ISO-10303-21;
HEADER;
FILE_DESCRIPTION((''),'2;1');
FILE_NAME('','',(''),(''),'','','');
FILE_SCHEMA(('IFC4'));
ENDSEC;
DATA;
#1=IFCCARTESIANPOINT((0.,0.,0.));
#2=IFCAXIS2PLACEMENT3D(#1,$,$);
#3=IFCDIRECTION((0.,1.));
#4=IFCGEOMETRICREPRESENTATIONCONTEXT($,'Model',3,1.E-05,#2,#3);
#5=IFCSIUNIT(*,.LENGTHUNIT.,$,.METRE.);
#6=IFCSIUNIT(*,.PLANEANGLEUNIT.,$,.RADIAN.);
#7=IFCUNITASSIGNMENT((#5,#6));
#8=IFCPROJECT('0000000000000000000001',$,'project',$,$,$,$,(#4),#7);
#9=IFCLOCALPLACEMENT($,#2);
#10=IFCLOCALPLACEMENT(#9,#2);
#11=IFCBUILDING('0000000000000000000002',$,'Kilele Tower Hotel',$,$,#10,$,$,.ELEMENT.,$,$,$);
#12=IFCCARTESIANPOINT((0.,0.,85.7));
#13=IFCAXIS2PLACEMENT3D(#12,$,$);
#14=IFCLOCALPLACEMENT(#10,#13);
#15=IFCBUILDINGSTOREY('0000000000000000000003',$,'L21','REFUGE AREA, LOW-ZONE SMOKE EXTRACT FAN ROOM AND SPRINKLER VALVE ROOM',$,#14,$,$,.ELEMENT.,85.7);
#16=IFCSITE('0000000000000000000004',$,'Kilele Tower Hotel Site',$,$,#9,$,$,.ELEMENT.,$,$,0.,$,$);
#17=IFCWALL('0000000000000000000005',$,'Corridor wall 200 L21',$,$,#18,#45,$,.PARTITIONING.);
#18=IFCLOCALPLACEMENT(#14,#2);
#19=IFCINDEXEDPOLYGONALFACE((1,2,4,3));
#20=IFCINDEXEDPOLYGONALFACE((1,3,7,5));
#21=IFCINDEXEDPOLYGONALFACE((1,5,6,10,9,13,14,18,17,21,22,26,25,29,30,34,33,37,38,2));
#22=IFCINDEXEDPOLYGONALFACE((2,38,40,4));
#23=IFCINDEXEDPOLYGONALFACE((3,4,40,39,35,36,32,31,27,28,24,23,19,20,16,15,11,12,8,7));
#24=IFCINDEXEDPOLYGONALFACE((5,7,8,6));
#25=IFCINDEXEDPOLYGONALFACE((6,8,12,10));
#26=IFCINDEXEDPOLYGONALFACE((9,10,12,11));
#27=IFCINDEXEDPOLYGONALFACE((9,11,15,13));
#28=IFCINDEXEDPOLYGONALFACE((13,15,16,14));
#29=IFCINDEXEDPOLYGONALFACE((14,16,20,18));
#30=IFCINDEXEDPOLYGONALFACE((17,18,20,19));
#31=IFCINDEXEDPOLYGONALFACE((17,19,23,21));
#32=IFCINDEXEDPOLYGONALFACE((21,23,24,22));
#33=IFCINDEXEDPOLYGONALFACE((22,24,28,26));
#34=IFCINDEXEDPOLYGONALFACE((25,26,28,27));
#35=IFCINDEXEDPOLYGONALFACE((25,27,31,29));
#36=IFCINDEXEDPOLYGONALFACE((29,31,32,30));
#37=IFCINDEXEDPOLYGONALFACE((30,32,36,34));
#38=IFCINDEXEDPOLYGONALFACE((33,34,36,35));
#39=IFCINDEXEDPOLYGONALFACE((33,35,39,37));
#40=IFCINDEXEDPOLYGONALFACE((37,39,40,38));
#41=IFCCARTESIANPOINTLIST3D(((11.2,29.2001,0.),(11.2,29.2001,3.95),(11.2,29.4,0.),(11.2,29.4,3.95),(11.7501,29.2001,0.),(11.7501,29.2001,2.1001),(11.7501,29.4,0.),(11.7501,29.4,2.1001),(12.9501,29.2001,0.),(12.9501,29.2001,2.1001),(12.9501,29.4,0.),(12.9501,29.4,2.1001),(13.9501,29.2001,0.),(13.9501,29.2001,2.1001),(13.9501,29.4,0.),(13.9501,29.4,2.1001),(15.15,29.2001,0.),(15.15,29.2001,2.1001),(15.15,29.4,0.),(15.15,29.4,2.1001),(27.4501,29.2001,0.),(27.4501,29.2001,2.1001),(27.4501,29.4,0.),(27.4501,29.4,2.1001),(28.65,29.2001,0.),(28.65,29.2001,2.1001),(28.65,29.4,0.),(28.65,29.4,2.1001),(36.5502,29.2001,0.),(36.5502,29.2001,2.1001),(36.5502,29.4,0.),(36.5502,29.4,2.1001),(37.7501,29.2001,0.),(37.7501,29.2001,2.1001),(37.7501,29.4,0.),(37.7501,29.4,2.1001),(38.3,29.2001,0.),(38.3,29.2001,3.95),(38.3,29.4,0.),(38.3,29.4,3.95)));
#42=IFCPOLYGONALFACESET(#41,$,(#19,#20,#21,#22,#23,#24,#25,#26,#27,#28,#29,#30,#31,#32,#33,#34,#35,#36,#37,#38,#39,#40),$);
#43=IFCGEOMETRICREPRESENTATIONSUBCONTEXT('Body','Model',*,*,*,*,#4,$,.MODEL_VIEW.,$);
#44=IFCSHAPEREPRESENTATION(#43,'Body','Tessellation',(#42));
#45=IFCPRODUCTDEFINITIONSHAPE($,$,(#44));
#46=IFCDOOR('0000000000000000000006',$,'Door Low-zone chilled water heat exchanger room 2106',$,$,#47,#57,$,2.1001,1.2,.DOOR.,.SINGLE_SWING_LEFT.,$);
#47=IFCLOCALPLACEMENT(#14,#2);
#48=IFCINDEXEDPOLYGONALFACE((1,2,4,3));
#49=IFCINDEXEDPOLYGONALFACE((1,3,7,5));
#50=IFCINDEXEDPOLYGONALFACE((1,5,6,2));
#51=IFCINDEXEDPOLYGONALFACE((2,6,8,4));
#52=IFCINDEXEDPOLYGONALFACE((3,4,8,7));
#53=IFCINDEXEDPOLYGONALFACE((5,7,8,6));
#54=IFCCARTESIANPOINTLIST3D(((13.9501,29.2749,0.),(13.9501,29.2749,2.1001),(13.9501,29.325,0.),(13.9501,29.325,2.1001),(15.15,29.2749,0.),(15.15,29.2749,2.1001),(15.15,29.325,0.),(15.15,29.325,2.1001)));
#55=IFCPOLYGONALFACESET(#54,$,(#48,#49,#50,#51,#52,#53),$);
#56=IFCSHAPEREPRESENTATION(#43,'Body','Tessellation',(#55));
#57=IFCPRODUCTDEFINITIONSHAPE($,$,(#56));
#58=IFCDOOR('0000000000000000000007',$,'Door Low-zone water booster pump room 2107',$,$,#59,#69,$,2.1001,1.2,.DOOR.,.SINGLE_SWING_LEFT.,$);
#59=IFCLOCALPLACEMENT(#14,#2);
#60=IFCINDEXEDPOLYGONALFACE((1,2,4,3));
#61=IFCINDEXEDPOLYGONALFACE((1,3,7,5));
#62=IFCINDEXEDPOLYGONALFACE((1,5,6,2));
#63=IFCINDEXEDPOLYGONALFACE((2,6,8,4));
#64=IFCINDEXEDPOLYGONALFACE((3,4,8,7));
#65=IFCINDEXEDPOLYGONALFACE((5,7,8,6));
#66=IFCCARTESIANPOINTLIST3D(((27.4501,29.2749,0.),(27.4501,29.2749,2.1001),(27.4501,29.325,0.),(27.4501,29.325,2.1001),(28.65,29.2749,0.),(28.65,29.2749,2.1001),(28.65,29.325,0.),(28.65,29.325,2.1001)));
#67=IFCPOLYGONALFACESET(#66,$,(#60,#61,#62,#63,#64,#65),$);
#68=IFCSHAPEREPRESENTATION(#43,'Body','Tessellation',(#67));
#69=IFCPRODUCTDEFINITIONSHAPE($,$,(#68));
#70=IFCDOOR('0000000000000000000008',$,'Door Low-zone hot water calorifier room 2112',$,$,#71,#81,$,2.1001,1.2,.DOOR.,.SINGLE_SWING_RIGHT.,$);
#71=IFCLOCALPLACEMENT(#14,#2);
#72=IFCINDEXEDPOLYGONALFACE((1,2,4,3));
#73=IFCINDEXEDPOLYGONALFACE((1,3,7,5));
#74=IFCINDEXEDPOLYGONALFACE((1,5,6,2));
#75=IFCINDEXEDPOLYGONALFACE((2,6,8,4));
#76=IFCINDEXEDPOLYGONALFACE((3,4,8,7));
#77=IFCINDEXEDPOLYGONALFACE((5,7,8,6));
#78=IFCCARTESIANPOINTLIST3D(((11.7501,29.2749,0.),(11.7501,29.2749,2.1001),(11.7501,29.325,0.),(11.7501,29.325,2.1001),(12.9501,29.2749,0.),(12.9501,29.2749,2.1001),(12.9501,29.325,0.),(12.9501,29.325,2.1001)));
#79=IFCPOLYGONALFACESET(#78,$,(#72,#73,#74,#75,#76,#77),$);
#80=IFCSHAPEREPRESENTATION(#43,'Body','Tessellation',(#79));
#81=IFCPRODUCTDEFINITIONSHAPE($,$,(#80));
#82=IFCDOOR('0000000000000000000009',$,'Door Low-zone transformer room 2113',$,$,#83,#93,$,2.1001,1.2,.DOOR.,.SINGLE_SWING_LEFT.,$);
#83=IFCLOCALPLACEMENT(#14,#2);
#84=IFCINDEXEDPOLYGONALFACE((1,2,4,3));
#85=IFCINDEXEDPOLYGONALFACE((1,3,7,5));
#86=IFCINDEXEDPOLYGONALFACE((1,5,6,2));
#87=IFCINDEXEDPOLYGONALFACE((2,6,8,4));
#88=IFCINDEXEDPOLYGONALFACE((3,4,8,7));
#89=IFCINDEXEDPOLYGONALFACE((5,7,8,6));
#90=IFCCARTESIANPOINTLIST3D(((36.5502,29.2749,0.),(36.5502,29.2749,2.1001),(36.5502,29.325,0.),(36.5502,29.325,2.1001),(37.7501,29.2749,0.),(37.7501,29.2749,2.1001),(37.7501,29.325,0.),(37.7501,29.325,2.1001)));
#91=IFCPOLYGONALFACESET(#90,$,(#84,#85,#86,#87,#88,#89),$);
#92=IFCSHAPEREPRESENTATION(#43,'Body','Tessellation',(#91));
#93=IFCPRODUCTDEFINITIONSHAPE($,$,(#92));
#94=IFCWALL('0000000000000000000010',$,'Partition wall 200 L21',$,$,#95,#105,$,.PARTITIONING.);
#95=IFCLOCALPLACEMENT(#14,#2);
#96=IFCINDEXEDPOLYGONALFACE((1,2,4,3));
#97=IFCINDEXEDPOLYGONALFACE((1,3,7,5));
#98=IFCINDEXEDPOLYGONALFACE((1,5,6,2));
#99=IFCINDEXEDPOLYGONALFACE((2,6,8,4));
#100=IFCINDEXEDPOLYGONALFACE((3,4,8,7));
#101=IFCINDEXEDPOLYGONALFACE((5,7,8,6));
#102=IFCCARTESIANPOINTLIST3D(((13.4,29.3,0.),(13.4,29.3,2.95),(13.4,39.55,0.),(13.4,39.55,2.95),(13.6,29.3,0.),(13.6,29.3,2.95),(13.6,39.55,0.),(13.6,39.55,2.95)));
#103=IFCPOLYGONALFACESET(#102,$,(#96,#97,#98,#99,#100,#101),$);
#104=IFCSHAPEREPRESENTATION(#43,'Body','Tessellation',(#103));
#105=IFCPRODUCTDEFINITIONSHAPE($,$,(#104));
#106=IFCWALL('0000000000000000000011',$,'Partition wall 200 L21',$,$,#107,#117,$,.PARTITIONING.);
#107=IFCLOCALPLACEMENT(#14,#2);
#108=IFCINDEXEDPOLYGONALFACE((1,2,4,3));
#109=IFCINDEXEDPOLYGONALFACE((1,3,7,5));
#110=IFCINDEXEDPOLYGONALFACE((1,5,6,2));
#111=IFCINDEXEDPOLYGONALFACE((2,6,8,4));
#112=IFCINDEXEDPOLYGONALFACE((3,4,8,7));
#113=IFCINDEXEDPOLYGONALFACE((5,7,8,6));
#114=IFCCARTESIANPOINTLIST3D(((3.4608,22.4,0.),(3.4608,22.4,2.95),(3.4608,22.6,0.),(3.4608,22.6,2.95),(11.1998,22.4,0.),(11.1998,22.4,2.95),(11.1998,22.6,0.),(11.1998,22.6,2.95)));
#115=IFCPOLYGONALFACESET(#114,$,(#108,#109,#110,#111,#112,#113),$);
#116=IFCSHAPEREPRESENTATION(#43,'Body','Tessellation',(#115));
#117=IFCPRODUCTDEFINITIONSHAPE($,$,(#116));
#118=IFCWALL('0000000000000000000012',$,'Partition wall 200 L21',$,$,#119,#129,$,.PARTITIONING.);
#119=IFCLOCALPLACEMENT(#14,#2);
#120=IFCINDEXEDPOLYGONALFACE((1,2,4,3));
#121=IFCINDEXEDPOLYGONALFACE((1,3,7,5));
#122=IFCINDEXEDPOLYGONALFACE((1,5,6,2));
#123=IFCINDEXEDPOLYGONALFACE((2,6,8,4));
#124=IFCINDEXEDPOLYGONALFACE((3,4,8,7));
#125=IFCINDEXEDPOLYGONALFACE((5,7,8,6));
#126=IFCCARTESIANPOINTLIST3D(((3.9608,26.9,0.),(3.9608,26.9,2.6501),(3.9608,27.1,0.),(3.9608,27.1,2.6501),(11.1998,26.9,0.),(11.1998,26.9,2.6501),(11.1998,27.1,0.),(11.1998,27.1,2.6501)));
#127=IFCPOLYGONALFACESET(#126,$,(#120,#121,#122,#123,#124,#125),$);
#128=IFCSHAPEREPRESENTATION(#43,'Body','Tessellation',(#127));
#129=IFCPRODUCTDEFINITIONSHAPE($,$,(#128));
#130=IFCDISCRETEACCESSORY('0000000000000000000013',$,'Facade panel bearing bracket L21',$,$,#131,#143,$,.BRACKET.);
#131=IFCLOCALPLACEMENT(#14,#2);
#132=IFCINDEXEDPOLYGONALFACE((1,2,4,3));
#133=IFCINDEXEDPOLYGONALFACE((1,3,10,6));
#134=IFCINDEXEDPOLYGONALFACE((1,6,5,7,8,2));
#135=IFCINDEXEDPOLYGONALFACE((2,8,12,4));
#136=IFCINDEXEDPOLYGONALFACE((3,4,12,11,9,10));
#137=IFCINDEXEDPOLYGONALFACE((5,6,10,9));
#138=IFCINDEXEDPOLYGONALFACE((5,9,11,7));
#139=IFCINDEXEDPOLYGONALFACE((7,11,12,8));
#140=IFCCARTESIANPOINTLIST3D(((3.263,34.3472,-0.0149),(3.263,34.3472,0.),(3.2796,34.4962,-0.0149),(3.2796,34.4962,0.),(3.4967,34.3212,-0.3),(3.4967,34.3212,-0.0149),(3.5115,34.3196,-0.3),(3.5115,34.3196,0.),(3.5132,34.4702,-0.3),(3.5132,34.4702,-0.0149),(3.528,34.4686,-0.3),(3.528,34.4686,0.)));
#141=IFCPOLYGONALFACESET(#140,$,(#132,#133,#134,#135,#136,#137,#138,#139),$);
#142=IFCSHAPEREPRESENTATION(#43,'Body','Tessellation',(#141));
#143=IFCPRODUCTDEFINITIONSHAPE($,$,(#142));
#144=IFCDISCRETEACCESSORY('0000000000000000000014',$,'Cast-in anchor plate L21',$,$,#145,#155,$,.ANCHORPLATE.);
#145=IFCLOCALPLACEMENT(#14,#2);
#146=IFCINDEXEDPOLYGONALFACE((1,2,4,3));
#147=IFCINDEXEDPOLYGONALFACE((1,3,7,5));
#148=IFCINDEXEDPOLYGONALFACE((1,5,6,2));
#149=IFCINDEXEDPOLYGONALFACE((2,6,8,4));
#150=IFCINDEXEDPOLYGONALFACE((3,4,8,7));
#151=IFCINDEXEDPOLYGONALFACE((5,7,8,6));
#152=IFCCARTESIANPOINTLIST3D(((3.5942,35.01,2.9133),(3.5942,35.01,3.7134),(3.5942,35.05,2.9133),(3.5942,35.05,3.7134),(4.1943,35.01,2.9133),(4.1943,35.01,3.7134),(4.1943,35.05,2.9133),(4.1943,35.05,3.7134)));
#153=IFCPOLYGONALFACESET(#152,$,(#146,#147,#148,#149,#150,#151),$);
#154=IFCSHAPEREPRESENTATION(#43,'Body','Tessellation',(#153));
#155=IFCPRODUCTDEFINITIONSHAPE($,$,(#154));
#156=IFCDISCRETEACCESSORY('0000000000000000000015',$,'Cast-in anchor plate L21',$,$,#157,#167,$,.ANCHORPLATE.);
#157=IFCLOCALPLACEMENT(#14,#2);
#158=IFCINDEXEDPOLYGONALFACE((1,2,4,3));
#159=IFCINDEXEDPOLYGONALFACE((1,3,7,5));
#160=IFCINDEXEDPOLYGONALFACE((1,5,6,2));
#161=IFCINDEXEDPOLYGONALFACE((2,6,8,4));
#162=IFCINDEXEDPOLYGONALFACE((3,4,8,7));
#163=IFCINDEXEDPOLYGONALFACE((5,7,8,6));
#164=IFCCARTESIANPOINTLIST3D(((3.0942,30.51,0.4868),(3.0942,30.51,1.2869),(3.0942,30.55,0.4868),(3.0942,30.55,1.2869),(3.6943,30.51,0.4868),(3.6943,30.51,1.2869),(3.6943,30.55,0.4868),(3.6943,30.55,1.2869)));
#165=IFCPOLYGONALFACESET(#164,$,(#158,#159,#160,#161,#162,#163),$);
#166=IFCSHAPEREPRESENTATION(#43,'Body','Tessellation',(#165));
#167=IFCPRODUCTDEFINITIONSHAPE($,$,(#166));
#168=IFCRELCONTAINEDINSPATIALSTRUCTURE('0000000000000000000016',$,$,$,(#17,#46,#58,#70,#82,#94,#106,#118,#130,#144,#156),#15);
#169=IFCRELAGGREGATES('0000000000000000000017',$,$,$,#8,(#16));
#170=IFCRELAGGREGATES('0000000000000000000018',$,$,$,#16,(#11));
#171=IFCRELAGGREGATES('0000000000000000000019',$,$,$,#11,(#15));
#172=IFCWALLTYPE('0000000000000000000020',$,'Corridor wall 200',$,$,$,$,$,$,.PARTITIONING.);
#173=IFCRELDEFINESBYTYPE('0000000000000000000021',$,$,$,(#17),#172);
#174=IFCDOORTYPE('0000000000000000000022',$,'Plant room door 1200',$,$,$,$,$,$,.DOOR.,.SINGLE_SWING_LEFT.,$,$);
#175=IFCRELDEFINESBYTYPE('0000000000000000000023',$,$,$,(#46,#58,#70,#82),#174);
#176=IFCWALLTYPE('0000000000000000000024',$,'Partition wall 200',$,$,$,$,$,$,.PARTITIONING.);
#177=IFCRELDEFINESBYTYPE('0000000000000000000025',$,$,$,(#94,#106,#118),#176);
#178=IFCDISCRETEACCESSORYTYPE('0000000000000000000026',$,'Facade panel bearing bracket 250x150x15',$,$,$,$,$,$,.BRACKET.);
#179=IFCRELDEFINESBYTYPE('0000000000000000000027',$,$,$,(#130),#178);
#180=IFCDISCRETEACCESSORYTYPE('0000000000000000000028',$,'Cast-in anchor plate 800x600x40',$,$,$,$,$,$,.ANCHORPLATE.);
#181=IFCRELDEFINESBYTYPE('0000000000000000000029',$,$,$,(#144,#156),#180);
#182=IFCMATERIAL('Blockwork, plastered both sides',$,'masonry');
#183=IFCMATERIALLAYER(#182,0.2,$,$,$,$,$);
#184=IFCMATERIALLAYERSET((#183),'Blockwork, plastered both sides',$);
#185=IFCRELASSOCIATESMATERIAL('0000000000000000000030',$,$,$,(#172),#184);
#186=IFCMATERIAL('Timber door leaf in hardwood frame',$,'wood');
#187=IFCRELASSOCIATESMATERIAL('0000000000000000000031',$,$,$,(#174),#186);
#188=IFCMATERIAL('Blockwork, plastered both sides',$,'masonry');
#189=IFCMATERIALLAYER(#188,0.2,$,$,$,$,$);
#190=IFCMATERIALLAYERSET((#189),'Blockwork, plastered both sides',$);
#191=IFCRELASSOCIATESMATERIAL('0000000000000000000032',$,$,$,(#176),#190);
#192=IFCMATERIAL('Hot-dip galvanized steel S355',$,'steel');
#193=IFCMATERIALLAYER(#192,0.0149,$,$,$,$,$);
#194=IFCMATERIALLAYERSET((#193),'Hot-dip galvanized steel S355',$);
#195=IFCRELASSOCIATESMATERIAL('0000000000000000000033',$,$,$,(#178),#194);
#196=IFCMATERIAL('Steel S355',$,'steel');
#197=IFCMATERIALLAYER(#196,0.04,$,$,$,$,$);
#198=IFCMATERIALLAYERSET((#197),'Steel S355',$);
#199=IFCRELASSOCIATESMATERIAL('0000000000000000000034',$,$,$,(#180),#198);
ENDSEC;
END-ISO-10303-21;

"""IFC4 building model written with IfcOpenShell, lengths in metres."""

from ifc_helpers import new_model, si_unit, direction, frame, frame_2d, origin, place, context, subcontext, project, spatial, polyline, rectangle, outline, extrude, source, transform, mapped, material, layer, layer_set, type_object, element, fill, save


model = new_model("IFC4")

# Units and contexts
model_context = context("Model", 3, precision=1e-05, world=origin(), true_north=direction((0.0, 1.0)))
body_context = subcontext(model_context, "Body", "Model", "MODEL_VIEW")
ifc_project = project(units=[si_unit("LENGTHUNIT", "METRE"), si_unit("PLANEANGLEUNIT", "RADIAN")], contexts=[model_context])

# Site, building, storey
site_placement = place(None, origin())
site = spatial("IfcSite", under=ifc_project, at=site_placement, Name="Kilele Tower Hotel Site", CompositionType="ELEMENT", RefElevation=0.0)
building_placement = place(site_placement, origin())
building = spatial("IfcBuilding", under=site, at=building_placement, Name="Kilele Tower Hotel", CompositionType="ELEMENT")
storey_placement = place(building_placement, frame((0.0, 0.0, 85.7)))
storey = spatial("IfcBuildingStorey", under=building, at=storey_placement, Name="L21", Description="REFUGE AREA, LOW-ZONE SMOKE EXTRACT FAN ROOM AND SPRINKLER VALVE ROOM", CompositionType="ELEMENT", Elevation=85.7)

# Wall, openings, doors
ifc_material_1 = material(Name="Blockwork, plastered both sides", Category="masonry")
ifc_layer_1 = layer(ifc_material_1, 0.2)
ifc_layer_set_1 = layer_set([ifc_layer_1], Name="Blockwork, plastered both sides")
wall_type_1 = type_object("IfcWallType", Name="Corridor wall 200", PredefinedType="PARTITIONING", material=ifc_layer_set_1)
wall_1_placement = place(storey_placement, frame((11.2, 29.3, 0.0), z_axis=(0.0, 0.0, 1.0), x_axis=(1.0, 0.0, 0.0)))
wall_1 = element("IfcWall", 1, at=wall_1_placement, inside=storey, type_object=wall_type_1, Name="Corridor wall 200 L21", PredefinedType="PARTITIONING", context=body_context, shape_type="SweptSolid", body=[
    extrude(rectangle(XDim=27.1001, YDim=0.2, at=frame_2d((13.55, 0.0))), origin(), (0.0, 0.0, 1.0), 3.95),
])
opening_1_placement = place(wall_1_placement, frame((2.75, 0.0, 0.0)))
opening_1 = element("IfcOpeningElement", 2, at=opening_1_placement, cuts=wall_1, PredefinedType="OPENING", context=body_context, shape_type="SweptSolid", body=[
    extrude(rectangle(XDim=1.2, YDim=2.1001, at=frame_2d((0.6001, 1.05))), frame((0.0, 0.1099, 0.0), z_axis=(0.0, -1.0, 0.0), x_axis=(1.0, 0.0, 0.0)), (0.0, 0.0, 1.0), 0.22),
])
opening_2_placement = place(wall_1_placement, frame((16.25, 0.0, 0.0)))
opening_2 = element("IfcOpeningElement", 3, at=opening_2_placement, cuts=wall_1, PredefinedType="OPENING", context=body_context, shape_type="SweptSolid", body=[
    extrude(rectangle(XDim=1.2, YDim=2.1001, at=frame_2d((0.6001, 1.05))), frame((0.0, 0.1099, 0.0), z_axis=(0.0, -1.0, 0.0), x_axis=(1.0, 0.0, 0.0)), (0.0, 0.0, 1.0), 0.22),
])
opening_3_placement = place(wall_1_placement, frame((0.55, 0.0, 0.0)))
opening_3 = element("IfcOpeningElement", 4, at=opening_3_placement, cuts=wall_1, PredefinedType="OPENING", context=body_context, shape_type="SweptSolid", body=[
    extrude(rectangle(XDim=1.2, YDim=2.1001, at=frame_2d((0.6001, 1.05))), frame((0.0, 0.1099, 0.0), z_axis=(0.0, -1.0, 0.0), x_axis=(1.0, 0.0, 0.0)), (0.0, 0.0, 1.0), 0.22),
])
opening_4_placement = place(wall_1_placement, frame((25.3501, 0.0, 0.0)))
opening_4 = element("IfcOpeningElement", 5, at=opening_4_placement, cuts=wall_1, PredefinedType="OPENING", context=body_context, shape_type="SweptSolid", body=[
    extrude(rectangle(XDim=1.2, YDim=2.1001, at=frame_2d((0.6001, 1.05))), frame((0.0, 0.1099, 0.0), z_axis=(0.0, -1.0, 0.0), x_axis=(1.0, 0.0, 0.0)), (0.0, 0.0, 1.0), 0.22),
])
ifc_material_2 = material(Name="Timber door leaf in hardwood frame", Category="wood")
door_type_1 = type_object("IfcDoorType", Name="Plant room door 1200", OperationType="SINGLE_SWING_LEFT", PredefinedType="DOOR", material=ifc_material_2)
door_1_placement = place(opening_1_placement, origin())
door_1 = element("IfcDoor", 6, at=door_1_placement, inside=storey, type_object=door_type_1, Name="Door Low-zone chilled water heat exchanger room 2106", OperationType="SINGLE_SWING_LEFT", OverallHeight=2.1001, OverallWidth=1.2, PredefinedType="DOOR", context=body_context, shape_type="SweptSolid", body=[
    extrude(rectangle(XDim=1.2, YDim=2.1001, at=frame_2d((0.6001, 1.05))), frame((0.0, 0.0249, 0.0), z_axis=(0.0, -1.0, 0.0), x_axis=(1.0, 0.0, 0.0)), (0.0, 0.0, 1.0), 0.05),
])
fill(opening_1, door_1)
door_2_placement = place(opening_2_placement, origin())
door_2 = element("IfcDoor", 7, at=door_2_placement, inside=storey, type_object=door_type_1, Name="Door Low-zone water booster pump room 2107", OperationType="SINGLE_SWING_LEFT", OverallHeight=2.1001, OverallWidth=1.2, PredefinedType="DOOR", context=body_context, shape_type="SweptSolid", body=[
    extrude(rectangle(XDim=1.2, YDim=2.1001, at=frame_2d((0.6001, 1.05))), frame((0.0, 0.0249, 0.0), z_axis=(0.0, -1.0, 0.0), x_axis=(1.0, 0.0, 0.0)), (0.0, 0.0, 1.0), 0.05),
])
fill(opening_2, door_2)
door_3_placement = place(opening_3_placement, origin())
door_3 = element("IfcDoor", 8, at=door_3_placement, inside=storey, type_object=door_type_1, Name="Door Low-zone hot water calorifier room 2112", OperationType="SINGLE_SWING_RIGHT", OverallHeight=2.1001, OverallWidth=1.2, PredefinedType="DOOR", context=body_context, shape_type="SweptSolid", body=[
    extrude(rectangle(XDim=1.2, YDim=2.1001, at=frame_2d((0.6001, 1.05))), frame((0.0, 0.0249, 0.0), z_axis=(0.0, -1.0, 0.0), x_axis=(1.0, 0.0, 0.0)), (0.0, 0.0, 1.0), 0.05),
])
fill(opening_3, door_3)
door_4_placement = place(opening_4_placement, origin())
door_4 = element("IfcDoor", 9, at=door_4_placement, inside=storey, type_object=door_type_1, Name="Door Low-zone transformer room 2113", OperationType="SINGLE_SWING_LEFT", OverallHeight=2.1001, OverallWidth=1.2, PredefinedType="DOOR", context=body_context, shape_type="SweptSolid", body=[
    extrude(rectangle(XDim=1.2, YDim=2.1001, at=frame_2d((0.6001, 1.05))), frame((0.0, 0.0249, 0.0), z_axis=(0.0, -1.0, 0.0), x_axis=(1.0, 0.0, 0.0)), (0.0, 0.0, 1.0), 0.05),
])
fill(opening_4, door_4)

# Walls
ifc_material_3 = material(Name="Blockwork, plastered both sides", Category="masonry")
ifc_layer_2 = layer(ifc_material_3, 0.2)
ifc_layer_set_2 = layer_set([ifc_layer_2], Name="Blockwork, plastered both sides")
wall_type_2 = type_object("IfcWallType", Name="Partition wall 200", PredefinedType="PARTITIONING", material=ifc_layer_set_2)
wall_2_placement = place(storey_placement, frame((13.5, 29.3, 0.0), z_axis=(0.0, 0.0, 1.0), x_axis=(0.0, 1.0, 0.0)))
element("IfcWall", 10, at=wall_2_placement, inside=storey, type_object=wall_type_2, Name="Partition wall 200 L21", PredefinedType="PARTITIONING", context=body_context, shape_type="SweptSolid", body=[
    extrude(rectangle(XDim=10.25, YDim=0.2, at=frame_2d((5.125, 0.0))), origin(), (0.0, 0.0, 1.0), 2.95),
])
wall_3_placement = place(storey_placement, frame((11.2, 22.5, 0.0), z_axis=(0.0, 0.0, 1.0), x_axis=(-1.0, 0.0, 0.0)))
element("IfcWall", 11, at=wall_3_placement, inside=storey, type_object=wall_type_2, Name="Partition wall 200 L21", PredefinedType="PARTITIONING", context=body_context, shape_type="SweptSolid", body=[
    extrude(rectangle(XDim=7.739, YDim=0.2, at=frame_2d((3.8696, 0.0))), origin(), (0.0, 0.0, 1.0), 2.95),
])
wall_4_placement = place(storey_placement, frame((11.2, 27.0, 0.0), z_axis=(0.0, 0.0, 1.0), x_axis=(-1.0, 0.0, 0.0)))
element("IfcWall", 12, at=wall_4_placement, inside=storey, type_object=wall_type_2, Name="Partition wall 200 L21", PredefinedType="PARTITIONING", context=body_context, shape_type="SweptSolid", body=[
    extrude(rectangle(XDim=7.239, YDim=0.2, at=frame_2d((3.6196, 0.0))), origin(), (0.0, 0.0, 1.0), 2.6501),
])

# Discrete accessories
ifc_material_4 = material(Name="Hot-dip galvanized steel S355", Category="steel")
ifc_layer_3 = layer(ifc_material_4, 0.0149)
ifc_layer_set_3 = layer_set([ifc_layer_3], Name="Hot-dip galvanized steel S355")
discrete_accessory_type_1 = type_object("IfcDiscreteAccessoryType", Name="Facade panel bearing bracket 250x150x15", PredefinedType="BRACKET", material=ifc_layer_set_3)
shared_shape_1 = source(origin(), body_context, "Body", "SweptSolid", [
    extrude(outline(polyline([(0.0, 0.0), (0.25, 0.0), (0.25, -0.0149), (0.0149, -0.0149), (0.0149, -0.3), (0.0, -0.3), (0.0, 0.0)])), origin(), (0.0, 0.0, 1.0), 0.1499),
])
discrete_accessory_placement = place(storey_placement, frame((3.5115, 34.3196, 0.0), z_axis=(0.110432, 0.993884, 0.0), x_axis=(-0.993884, 0.110432, 0.0)))
element("IfcDiscreteAccessory", 13, at=discrete_accessory_placement, inside=storey, type_object=discrete_accessory_type_1, Name="Facade panel bearing bracket L21", PredefinedType="BRACKET", context=body_context, shape_type="MappedRepresentation", body=[
    mapped(shared_shape_1, transform((0.0, 0.0, 0.0))),
])
ifc_material_5 = material(Name="Steel S355", Category="steel")
ifc_layer_4 = layer(ifc_material_5, 0.04)
ifc_layer_set_4 = layer_set([ifc_layer_4], Name="Steel S355")
discrete_accessory_type_2 = type_object("IfcDiscreteAccessoryType", Name="Cast-in anchor plate 800x600x40", PredefinedType="ANCHORPLATE", material=ifc_layer_set_4)
shared_shape_2 = source(origin(), body_context, "Body", "SweptSolid", [
    extrude(outline(polyline([(0.0, 0.0), (0.04, 0.0), (0.04, 0.8), (0.0, 0.8), (0.0, 0.0)])), origin(), (0.0, 0.0, 1.0), 0.6001),
])
for number, where, z_axis, x_axis, name in (
    (14, (4.1943, 35.05, 2.9133), (-1.0, 0.0, 0.0), (0.0, -1.0, 0.0), "Cast-in anchor plate L21"),
    (15, (3.6943, 30.55, 0.4868), (-1.0, 0.0, 0.0), (0.0, -1.0, 0.0), "Cast-in anchor plate L21"),
):
    element("IfcDiscreteAccessory", number, at=place(storey_placement, frame(where, z_axis=z_axis, x_axis=x_axis)), inside=storey, type_object=discrete_accessory_type_2, Name=name, PredefinedType="ANCHORPLATE", context=body_context, shape_type="MappedRepresentation", body=[
        mapped(shared_shape_2, transform((0.0, 0.0, 0.0))),
    ])

save(model, "model.ifc")
